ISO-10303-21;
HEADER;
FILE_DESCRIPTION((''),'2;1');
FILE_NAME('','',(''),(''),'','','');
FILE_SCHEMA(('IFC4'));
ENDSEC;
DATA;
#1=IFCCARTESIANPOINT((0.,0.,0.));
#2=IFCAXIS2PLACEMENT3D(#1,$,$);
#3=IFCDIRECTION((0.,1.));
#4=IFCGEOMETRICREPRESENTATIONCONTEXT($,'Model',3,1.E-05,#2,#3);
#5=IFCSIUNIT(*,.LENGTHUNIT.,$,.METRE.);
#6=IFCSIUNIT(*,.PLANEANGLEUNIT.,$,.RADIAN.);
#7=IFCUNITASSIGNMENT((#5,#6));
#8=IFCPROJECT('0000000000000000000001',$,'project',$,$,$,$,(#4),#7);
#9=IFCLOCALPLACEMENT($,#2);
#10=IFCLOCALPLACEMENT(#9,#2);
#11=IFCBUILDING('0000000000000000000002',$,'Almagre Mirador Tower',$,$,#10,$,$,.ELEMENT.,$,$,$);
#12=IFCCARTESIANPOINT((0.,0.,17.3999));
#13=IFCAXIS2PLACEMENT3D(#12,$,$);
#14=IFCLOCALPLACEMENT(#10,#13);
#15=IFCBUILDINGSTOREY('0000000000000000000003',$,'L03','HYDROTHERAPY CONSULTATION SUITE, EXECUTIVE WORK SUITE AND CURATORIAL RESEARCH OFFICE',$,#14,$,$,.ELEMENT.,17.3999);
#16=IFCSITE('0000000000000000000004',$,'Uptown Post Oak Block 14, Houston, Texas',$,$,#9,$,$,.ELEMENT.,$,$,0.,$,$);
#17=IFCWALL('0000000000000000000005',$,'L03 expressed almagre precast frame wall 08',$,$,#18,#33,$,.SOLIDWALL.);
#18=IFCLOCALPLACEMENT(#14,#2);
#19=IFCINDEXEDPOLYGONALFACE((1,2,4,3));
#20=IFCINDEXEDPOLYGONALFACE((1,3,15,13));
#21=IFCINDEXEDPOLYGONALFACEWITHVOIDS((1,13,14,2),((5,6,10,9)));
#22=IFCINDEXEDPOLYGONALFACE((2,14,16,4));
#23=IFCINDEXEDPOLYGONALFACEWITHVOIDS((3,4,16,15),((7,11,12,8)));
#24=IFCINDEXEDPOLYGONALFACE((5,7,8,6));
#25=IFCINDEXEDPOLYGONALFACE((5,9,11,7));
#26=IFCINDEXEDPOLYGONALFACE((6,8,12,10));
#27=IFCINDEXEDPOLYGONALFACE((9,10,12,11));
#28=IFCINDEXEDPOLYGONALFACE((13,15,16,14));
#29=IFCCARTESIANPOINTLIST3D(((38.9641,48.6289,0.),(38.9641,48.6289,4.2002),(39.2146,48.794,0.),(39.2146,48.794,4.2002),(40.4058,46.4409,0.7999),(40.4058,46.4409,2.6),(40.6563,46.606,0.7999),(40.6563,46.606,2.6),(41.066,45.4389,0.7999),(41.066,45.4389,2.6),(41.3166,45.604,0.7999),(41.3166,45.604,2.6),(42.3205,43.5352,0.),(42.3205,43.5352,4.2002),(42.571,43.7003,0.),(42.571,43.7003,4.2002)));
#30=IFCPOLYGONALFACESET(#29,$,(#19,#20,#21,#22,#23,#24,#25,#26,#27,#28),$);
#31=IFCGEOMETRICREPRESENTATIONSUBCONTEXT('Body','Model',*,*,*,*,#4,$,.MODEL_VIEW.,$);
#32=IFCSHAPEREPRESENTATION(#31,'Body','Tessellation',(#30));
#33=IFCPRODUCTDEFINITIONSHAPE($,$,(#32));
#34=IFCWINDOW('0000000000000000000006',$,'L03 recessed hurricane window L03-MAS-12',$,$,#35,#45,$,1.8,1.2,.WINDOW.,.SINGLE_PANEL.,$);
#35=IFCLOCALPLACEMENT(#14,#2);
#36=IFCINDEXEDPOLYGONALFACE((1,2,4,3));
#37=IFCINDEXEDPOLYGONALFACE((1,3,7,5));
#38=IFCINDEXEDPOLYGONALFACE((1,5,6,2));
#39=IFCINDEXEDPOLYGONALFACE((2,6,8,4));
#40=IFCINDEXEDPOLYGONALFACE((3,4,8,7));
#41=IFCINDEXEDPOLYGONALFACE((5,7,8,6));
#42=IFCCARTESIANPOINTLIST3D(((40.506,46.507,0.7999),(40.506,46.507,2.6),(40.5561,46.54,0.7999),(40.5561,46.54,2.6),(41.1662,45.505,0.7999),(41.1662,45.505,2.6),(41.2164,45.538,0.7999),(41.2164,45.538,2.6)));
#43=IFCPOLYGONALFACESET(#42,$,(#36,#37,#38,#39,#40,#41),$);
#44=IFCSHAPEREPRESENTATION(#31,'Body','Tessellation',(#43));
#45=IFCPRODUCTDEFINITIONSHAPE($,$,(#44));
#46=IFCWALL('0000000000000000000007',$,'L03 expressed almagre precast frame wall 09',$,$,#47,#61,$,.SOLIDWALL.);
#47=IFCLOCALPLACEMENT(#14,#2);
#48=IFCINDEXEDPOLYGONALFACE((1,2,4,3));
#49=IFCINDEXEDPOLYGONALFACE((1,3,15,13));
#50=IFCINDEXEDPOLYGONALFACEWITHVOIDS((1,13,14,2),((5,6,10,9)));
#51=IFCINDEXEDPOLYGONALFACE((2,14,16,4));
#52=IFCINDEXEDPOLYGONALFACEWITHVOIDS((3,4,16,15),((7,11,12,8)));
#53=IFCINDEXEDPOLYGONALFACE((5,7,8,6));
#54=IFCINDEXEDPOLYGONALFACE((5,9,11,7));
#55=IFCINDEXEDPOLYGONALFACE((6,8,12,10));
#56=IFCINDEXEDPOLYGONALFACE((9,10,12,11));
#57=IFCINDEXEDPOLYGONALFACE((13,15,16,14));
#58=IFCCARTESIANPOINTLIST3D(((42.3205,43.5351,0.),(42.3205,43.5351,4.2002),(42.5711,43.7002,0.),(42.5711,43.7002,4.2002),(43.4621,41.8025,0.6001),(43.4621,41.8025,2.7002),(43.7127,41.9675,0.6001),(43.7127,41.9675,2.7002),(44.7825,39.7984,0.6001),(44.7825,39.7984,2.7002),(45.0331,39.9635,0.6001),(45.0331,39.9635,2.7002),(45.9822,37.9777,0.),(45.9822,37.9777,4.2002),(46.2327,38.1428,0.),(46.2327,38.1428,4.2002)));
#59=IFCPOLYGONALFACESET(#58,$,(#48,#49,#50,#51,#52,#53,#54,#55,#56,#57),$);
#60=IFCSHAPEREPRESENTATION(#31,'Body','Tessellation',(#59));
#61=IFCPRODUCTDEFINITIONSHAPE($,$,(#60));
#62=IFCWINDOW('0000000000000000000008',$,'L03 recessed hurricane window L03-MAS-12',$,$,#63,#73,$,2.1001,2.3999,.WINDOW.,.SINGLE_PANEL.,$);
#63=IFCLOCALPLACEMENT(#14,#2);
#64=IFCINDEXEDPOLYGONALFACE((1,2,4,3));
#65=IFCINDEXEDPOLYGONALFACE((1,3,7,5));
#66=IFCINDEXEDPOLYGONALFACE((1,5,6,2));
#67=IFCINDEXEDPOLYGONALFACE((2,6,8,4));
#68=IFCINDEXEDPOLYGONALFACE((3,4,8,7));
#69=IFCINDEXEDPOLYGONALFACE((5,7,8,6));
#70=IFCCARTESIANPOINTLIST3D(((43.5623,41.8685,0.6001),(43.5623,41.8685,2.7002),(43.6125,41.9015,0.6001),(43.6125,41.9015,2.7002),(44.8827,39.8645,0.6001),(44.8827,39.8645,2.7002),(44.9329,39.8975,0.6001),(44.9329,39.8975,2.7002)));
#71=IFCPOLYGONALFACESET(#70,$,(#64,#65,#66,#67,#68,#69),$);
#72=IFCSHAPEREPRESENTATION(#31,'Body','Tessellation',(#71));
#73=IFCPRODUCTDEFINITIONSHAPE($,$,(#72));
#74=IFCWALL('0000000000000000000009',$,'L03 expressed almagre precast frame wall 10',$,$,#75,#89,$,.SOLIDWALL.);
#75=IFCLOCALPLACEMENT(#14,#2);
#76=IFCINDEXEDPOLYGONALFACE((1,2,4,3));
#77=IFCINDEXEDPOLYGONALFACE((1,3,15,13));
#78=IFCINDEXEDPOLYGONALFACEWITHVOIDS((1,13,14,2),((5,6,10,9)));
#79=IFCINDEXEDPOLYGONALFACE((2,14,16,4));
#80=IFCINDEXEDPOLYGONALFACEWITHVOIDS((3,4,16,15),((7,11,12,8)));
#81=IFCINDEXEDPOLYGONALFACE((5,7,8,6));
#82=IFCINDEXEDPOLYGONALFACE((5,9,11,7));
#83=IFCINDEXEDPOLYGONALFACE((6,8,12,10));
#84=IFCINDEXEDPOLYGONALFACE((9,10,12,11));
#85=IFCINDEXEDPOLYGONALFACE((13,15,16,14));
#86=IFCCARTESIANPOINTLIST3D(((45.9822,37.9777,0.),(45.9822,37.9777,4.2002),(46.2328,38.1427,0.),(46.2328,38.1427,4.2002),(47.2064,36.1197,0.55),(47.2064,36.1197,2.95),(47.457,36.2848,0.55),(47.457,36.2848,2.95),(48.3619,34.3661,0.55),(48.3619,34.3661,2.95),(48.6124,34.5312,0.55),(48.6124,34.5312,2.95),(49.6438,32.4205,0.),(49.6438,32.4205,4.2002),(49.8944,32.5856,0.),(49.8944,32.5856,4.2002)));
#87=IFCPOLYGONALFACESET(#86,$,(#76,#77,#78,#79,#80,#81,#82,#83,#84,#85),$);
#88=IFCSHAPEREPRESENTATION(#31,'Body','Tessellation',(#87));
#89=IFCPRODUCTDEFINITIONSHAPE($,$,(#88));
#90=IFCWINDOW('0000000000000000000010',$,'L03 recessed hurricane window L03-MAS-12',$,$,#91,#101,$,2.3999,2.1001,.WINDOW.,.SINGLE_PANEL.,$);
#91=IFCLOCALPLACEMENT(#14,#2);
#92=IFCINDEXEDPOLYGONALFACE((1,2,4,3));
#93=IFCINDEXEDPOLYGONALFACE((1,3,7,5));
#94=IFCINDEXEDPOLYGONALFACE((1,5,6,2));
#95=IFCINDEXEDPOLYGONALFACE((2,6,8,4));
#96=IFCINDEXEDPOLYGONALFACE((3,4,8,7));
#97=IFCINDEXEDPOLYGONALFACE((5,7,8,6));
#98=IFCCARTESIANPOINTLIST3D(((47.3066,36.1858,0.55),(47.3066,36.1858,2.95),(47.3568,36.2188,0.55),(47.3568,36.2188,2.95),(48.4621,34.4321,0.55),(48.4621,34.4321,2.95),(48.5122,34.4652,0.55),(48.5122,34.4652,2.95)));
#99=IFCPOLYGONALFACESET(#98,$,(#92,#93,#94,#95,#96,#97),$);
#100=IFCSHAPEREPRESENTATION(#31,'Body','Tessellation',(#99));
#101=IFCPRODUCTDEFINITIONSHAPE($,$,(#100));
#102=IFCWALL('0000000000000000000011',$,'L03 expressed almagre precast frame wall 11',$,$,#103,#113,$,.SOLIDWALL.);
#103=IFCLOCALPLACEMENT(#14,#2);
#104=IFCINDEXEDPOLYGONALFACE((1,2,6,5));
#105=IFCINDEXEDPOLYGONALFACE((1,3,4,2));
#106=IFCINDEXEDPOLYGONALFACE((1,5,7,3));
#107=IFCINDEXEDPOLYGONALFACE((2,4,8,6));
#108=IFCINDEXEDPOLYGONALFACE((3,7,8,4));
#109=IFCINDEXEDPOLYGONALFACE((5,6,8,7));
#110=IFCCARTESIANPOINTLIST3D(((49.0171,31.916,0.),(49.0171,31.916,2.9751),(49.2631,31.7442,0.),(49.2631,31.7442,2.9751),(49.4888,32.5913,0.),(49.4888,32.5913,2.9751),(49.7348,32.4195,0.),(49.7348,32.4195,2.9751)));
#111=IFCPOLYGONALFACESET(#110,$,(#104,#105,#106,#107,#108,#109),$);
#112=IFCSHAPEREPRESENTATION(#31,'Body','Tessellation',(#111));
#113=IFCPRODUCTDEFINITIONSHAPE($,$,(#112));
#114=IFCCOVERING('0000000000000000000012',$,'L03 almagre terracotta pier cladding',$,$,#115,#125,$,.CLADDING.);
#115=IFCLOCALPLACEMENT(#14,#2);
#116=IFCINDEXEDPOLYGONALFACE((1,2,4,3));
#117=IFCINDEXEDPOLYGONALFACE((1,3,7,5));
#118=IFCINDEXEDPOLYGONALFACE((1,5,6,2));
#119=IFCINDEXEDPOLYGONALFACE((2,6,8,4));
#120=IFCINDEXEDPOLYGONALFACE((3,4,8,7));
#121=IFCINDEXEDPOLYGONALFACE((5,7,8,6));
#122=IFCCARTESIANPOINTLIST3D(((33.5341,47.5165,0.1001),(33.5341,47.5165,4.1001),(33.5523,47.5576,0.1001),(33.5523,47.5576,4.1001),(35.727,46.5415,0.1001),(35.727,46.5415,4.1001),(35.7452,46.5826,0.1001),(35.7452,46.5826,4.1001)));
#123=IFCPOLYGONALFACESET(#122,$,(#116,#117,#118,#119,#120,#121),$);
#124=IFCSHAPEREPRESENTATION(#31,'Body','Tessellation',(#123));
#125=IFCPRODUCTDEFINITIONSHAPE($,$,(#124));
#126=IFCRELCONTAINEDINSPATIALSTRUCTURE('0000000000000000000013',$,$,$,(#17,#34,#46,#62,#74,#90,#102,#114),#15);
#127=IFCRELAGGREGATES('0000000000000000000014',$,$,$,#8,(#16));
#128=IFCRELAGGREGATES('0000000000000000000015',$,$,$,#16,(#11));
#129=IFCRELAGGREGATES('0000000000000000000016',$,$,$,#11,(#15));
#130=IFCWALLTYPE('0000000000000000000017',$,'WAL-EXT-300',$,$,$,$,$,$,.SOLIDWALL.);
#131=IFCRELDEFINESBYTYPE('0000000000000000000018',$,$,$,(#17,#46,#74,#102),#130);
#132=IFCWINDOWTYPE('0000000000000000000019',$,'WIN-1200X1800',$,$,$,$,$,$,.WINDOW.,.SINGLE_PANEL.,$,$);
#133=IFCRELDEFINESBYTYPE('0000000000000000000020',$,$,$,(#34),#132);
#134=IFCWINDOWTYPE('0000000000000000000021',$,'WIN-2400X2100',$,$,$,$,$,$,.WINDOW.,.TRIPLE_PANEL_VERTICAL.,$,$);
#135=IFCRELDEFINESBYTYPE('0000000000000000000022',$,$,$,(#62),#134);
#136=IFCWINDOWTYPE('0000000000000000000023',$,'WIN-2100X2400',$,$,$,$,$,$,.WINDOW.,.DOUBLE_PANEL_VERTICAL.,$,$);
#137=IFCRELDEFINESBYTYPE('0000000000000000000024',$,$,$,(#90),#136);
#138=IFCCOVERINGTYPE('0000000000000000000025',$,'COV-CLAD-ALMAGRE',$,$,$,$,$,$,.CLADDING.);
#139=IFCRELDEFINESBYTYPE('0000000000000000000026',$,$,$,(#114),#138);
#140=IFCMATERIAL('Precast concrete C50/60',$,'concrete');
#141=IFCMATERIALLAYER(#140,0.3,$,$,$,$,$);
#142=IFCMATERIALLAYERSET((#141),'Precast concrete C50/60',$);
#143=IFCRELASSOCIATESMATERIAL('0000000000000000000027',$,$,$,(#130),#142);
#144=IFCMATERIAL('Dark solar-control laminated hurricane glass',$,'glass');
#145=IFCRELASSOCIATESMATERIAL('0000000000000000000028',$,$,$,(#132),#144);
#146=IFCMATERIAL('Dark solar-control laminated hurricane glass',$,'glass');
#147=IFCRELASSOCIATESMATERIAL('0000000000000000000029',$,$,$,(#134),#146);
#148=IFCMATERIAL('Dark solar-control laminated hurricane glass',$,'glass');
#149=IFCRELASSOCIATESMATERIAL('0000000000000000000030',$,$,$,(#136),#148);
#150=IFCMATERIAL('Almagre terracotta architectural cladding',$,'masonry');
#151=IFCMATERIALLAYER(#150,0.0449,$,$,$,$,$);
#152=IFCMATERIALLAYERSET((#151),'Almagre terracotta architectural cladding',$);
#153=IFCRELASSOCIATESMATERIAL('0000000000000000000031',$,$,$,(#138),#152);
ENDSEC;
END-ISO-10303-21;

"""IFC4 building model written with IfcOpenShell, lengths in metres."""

from ifc_helpers import new_model, si_unit, direction, frame, frame_2d, origin, origin_2d, place, context, subcontext, project, spatial, rectangle, extrude, material, layer, layer_set, type_object, element, fill, save


model = new_model("IFC4")

# Units and contexts
model_context = context("Model", 3, precision=1e-05, world=origin(), true_north=direction((0.0, 1.0)))
body_context = subcontext(model_context, "Body", "Model", "MODEL_VIEW")
ifc_project = project(units=[si_unit("LENGTHUNIT", "METRE"), si_unit("PLANEANGLEUNIT", "RADIAN")], contexts=[model_context])

# Site, building, storey
site_placement = place(None, origin())
site = spatial("IfcSite", under=ifc_project, at=site_placement, Name="Uptown Post Oak Block 14, Houston, Texas", CompositionType="ELEMENT", RefElevation=0.0)
building_placement = place(site_placement, origin())
building = spatial("IfcBuilding", under=site, at=building_placement, Name="Almagre Mirador Tower", CompositionType="ELEMENT")
storey_placement = place(building_placement, frame((0.0, 0.0, 17.3999)))
storey = spatial("IfcBuildingStorey", under=building, at=storey_placement, Name="L03", Description="HYDROTHERAPY CONSULTATION SUITE, EXECUTIVE WORK SUITE AND CURATORIAL RESEARCH OFFICE", CompositionType="ELEMENT", Elevation=17.3999)

# Shared definitions
ifc_material_1 = material(Name="Precast concrete C50/60", Category="concrete")
ifc_layer_1 = layer(ifc_material_1, 0.3)
ifc_layer_set_1 = layer_set([ifc_layer_1], Name="Precast concrete C50/60")
wall_type = type_object("IfcWallType", Name="WAL-EXT-300", PredefinedType="SOLIDWALL", material=ifc_layer_set_1)

# Walls, openings, windows
wall_1_placement = place(storey_placement, frame((39.0894, 48.7114, 0.0), z_axis=(0.0, 0.0, 1.0), x_axis=(0.550222, -0.835018, 0.0)))
wall_1 = element("IfcWall", 1, at=wall_1_placement, inside=storey, type_object=wall_type, Name="L03 expressed almagre precast frame wall 08", PredefinedType="SOLIDWALL", context=body_context, shape_type="SweptSolid", body=[
    extrude(rectangle(XDim=6.1001, YDim=0.3, at=frame_2d((3.05, 0.0))), origin(), (0.0, 0.0, 1.0), 4.2002),
])
opening_1_placement = place(wall_1_placement, frame((2.6201, 0.0, 0.8)))
opening_1 = element("IfcOpeningElement", 2, at=opening_1_placement, cuts=wall_1, PredefinedType="OPENING", context=body_context, shape_type="SweptSolid", body=[
    extrude(rectangle(XDim=1.2, YDim=1.8, at=frame_2d((0.6001, 0.8999))), frame((0.0, 0.1599, 0.0), z_axis=(0.0, -1.0, 0.0), x_axis=(1.0, 0.0, 0.0)), (0.0, 0.0, 1.0), 0.32),
])
ifc_material_2 = material(Name="Dark solar-control laminated hurricane glass", Category="glass")
window_type_1 = type_object("IfcWindowType", Name="WIN-1200X1800", PartitioningType="SINGLE_PANEL", PredefinedType="WINDOW", material=ifc_material_2)
window_1_placement = place(opening_1_placement, origin())
window_1 = element("IfcWindow", 3, at=window_1_placement, inside=storey, type_object=window_type_1, Name="L03 recessed hurricane window L03-MAS-12", OverallHeight=1.8, OverallWidth=1.2, PartitioningType="SINGLE_PANEL", PredefinedType="WINDOW", context=body_context, shape_type="SweptSolid", body=[
    extrude(rectangle(XDim=1.2, YDim=1.8, at=frame_2d((0.6001, 0.8999))), frame((0.0, 0.03, 0.0), z_axis=(0.0, -1.0, 0.0), x_axis=(1.0, 0.0, 0.0)), (0.0, 0.0, 1.0), 0.0601),
])
fill(opening_1, window_1)
wall_2_placement = place(storey_placement, frame((42.4458, 43.6177, 0.0), z_axis=(0.0, 0.0, 1.0), x_axis=(0.550188, -0.835041, 0.0)))
wall_2 = element("IfcWall", 4, at=wall_2_placement, inside=storey, type_object=wall_type, Name="L03 expressed almagre precast frame wall 09", PredefinedType="SOLIDWALL", context=body_context, shape_type="SweptSolid", body=[
    extrude(rectangle(XDim=6.6553, YDim=0.3, at=frame_2d((3.3276, 0.0))), origin(), (0.0, 0.0, 1.0), 4.2002),
])
opening_2_placement = place(wall_2_placement, frame((2.075, 0.0, 0.6001)))
opening_2 = element("IfcOpeningElement", 5, at=opening_2_placement, cuts=wall_2, PredefinedType="OPENING", context=body_context, shape_type="SweptSolid", body=[
    extrude(rectangle(XDim=2.3999, YDim=2.1001, at=frame_2d((1.2, 1.05))), frame((0.0, 0.1599, 0.0), z_axis=(0.0, -1.0, 0.0), x_axis=(1.0, 0.0, 0.0)), (0.0, 0.0, 1.0), 0.32),
])
ifc_material_3 = material(Name="Dark solar-control laminated hurricane glass", Category="glass")
window_type_2 = type_object("IfcWindowType", Name="WIN-2400X2100", PartitioningType="TRIPLE_PANEL_VERTICAL", PredefinedType="WINDOW", material=ifc_material_3)
window_2_placement = place(opening_2_placement, origin())
window_2 = element("IfcWindow", 6, at=window_2_placement, inside=storey, type_object=window_type_2, Name="L03 recessed hurricane window L03-MAS-12", OverallHeight=2.1001, OverallWidth=2.3999, PartitioningType="SINGLE_PANEL", PredefinedType="WINDOW", context=body_context, shape_type="SweptSolid", body=[
    extrude(rectangle(XDim=2.3999, YDim=2.1001, at=frame_2d((1.2, 1.05))), frame((0.0, 0.03, 0.0), z_axis=(0.0, -1.0, 0.0), x_axis=(1.0, 0.0, 0.0)), (0.0, 0.0, 1.0), 0.0601),
])
fill(opening_2, window_2)
wall_3_placement = place(storey_placement, frame((46.1074, 38.0603, 0.0), z_axis=(0.0, 0.0, 1.0), x_axis=(0.550205, -0.835029, 0.0)))
wall_3 = element("IfcWall", 7, at=wall_3_placement, inside=storey, type_object=wall_type, Name="L03 expressed almagre precast frame wall 10", PredefinedType="SOLIDWALL", context=body_context, shape_type="SweptSolid", body=[
    extrude(rectangle(XDim=6.655, YDim=0.3, at=frame_2d((3.3276, 0.0))), origin(), (0.0, 0.0, 1.0), 4.2002),
])
opening_3_placement = place(wall_3_placement, frame((2.2251, 0.0, 0.55)))
opening_3 = element("IfcOpeningElement", 8, at=opening_3_placement, cuts=wall_3, PredefinedType="OPENING", context=body_context, shape_type="SweptSolid", body=[
    extrude(rectangle(XDim=2.1001, YDim=2.3999, at=frame_2d((1.05, 1.2))), frame((0.0, 0.1599, 0.0), z_axis=(0.0, -1.0, 0.0), x_axis=(1.0, 0.0, 0.0)), (0.0, 0.0, 1.0), 0.32),
])
ifc_material_4 = material(Name="Dark solar-control laminated hurricane glass", Category="glass")
window_type_3 = type_object("IfcWindowType", Name="WIN-2100X2400", PartitioningType="DOUBLE_PANEL_VERTICAL", PredefinedType="WINDOW", material=ifc_material_4)
window_3_placement = place(opening_3_placement, origin())
window_3 = element("IfcWindow", 9, at=window_3_placement, inside=storey, type_object=window_type_3, Name="L03 recessed hurricane window L03-MAS-12", OverallHeight=2.3999, OverallWidth=2.1001, PartitioningType="SINGLE_PANEL", PredefinedType="WINDOW", context=body_context, shape_type="SweptSolid", body=[
    extrude(rectangle(XDim=2.1001, YDim=2.3999, at=frame_2d((1.05, 1.2))), frame((0.0, 0.03, 0.0), z_axis=(0.0, -1.0, 0.0), x_axis=(1.0, 0.0, 0.0)), (0.0, 0.0, 1.0), 0.0601),
])
fill(opening_3, window_3)

# Wall
wall_4_placement = place(storey_placement, frame((49.6118, 32.5054, 0.0), z_axis=(0.0, 0.0, 1.0), x_axis=(-0.572627, -0.819816, 0.0)))
element("IfcWall", 10, at=wall_4_placement, inside=storey, type_object=wall_type, Name="L03 expressed almagre precast frame wall 11", PredefinedType="SOLIDWALL", context=body_context, shape_type="SweptSolid", body=[
    extrude(rectangle(XDim=0.8237, YDim=0.3, at=frame_2d((0.4119, 0.0))), origin(), (0.0, 0.0, 1.0), 2.9751),
])

# Covering
ifc_material_5 = material(Name="Almagre terracotta architectural cladding", Category="masonry")
ifc_layer_2 = layer(ifc_material_5, 0.0449)
ifc_layer_set_2 = layer_set([ifc_layer_2], Name="Almagre terracotta architectural cladding")
covering_type = type_object("IfcCoveringType", Name="COV-CLAD-ALMAGRE", PredefinedType="CLADDING", material=ifc_layer_set_2)
covering_placement = place(storey_placement, frame((34.6396, 47.0496, 0.1001), z_axis=(0.0, 0.0, 1.0), x_axis=(0.913751, -0.406274, 0.0)))
element("IfcCovering", 11, at=covering_placement, inside=storey, type_object=covering_type, Name="L03 almagre terracotta pier cladding", PredefinedType="CLADDING", context=body_context, shape_type="SweptSolid", body=[
    extrude(rectangle(XDim=2.3999, YDim=0.0449, at=origin_2d()), origin(), (0.0, 0.0, 1.0), 4.0),
])

save(model, "model.ifc")
